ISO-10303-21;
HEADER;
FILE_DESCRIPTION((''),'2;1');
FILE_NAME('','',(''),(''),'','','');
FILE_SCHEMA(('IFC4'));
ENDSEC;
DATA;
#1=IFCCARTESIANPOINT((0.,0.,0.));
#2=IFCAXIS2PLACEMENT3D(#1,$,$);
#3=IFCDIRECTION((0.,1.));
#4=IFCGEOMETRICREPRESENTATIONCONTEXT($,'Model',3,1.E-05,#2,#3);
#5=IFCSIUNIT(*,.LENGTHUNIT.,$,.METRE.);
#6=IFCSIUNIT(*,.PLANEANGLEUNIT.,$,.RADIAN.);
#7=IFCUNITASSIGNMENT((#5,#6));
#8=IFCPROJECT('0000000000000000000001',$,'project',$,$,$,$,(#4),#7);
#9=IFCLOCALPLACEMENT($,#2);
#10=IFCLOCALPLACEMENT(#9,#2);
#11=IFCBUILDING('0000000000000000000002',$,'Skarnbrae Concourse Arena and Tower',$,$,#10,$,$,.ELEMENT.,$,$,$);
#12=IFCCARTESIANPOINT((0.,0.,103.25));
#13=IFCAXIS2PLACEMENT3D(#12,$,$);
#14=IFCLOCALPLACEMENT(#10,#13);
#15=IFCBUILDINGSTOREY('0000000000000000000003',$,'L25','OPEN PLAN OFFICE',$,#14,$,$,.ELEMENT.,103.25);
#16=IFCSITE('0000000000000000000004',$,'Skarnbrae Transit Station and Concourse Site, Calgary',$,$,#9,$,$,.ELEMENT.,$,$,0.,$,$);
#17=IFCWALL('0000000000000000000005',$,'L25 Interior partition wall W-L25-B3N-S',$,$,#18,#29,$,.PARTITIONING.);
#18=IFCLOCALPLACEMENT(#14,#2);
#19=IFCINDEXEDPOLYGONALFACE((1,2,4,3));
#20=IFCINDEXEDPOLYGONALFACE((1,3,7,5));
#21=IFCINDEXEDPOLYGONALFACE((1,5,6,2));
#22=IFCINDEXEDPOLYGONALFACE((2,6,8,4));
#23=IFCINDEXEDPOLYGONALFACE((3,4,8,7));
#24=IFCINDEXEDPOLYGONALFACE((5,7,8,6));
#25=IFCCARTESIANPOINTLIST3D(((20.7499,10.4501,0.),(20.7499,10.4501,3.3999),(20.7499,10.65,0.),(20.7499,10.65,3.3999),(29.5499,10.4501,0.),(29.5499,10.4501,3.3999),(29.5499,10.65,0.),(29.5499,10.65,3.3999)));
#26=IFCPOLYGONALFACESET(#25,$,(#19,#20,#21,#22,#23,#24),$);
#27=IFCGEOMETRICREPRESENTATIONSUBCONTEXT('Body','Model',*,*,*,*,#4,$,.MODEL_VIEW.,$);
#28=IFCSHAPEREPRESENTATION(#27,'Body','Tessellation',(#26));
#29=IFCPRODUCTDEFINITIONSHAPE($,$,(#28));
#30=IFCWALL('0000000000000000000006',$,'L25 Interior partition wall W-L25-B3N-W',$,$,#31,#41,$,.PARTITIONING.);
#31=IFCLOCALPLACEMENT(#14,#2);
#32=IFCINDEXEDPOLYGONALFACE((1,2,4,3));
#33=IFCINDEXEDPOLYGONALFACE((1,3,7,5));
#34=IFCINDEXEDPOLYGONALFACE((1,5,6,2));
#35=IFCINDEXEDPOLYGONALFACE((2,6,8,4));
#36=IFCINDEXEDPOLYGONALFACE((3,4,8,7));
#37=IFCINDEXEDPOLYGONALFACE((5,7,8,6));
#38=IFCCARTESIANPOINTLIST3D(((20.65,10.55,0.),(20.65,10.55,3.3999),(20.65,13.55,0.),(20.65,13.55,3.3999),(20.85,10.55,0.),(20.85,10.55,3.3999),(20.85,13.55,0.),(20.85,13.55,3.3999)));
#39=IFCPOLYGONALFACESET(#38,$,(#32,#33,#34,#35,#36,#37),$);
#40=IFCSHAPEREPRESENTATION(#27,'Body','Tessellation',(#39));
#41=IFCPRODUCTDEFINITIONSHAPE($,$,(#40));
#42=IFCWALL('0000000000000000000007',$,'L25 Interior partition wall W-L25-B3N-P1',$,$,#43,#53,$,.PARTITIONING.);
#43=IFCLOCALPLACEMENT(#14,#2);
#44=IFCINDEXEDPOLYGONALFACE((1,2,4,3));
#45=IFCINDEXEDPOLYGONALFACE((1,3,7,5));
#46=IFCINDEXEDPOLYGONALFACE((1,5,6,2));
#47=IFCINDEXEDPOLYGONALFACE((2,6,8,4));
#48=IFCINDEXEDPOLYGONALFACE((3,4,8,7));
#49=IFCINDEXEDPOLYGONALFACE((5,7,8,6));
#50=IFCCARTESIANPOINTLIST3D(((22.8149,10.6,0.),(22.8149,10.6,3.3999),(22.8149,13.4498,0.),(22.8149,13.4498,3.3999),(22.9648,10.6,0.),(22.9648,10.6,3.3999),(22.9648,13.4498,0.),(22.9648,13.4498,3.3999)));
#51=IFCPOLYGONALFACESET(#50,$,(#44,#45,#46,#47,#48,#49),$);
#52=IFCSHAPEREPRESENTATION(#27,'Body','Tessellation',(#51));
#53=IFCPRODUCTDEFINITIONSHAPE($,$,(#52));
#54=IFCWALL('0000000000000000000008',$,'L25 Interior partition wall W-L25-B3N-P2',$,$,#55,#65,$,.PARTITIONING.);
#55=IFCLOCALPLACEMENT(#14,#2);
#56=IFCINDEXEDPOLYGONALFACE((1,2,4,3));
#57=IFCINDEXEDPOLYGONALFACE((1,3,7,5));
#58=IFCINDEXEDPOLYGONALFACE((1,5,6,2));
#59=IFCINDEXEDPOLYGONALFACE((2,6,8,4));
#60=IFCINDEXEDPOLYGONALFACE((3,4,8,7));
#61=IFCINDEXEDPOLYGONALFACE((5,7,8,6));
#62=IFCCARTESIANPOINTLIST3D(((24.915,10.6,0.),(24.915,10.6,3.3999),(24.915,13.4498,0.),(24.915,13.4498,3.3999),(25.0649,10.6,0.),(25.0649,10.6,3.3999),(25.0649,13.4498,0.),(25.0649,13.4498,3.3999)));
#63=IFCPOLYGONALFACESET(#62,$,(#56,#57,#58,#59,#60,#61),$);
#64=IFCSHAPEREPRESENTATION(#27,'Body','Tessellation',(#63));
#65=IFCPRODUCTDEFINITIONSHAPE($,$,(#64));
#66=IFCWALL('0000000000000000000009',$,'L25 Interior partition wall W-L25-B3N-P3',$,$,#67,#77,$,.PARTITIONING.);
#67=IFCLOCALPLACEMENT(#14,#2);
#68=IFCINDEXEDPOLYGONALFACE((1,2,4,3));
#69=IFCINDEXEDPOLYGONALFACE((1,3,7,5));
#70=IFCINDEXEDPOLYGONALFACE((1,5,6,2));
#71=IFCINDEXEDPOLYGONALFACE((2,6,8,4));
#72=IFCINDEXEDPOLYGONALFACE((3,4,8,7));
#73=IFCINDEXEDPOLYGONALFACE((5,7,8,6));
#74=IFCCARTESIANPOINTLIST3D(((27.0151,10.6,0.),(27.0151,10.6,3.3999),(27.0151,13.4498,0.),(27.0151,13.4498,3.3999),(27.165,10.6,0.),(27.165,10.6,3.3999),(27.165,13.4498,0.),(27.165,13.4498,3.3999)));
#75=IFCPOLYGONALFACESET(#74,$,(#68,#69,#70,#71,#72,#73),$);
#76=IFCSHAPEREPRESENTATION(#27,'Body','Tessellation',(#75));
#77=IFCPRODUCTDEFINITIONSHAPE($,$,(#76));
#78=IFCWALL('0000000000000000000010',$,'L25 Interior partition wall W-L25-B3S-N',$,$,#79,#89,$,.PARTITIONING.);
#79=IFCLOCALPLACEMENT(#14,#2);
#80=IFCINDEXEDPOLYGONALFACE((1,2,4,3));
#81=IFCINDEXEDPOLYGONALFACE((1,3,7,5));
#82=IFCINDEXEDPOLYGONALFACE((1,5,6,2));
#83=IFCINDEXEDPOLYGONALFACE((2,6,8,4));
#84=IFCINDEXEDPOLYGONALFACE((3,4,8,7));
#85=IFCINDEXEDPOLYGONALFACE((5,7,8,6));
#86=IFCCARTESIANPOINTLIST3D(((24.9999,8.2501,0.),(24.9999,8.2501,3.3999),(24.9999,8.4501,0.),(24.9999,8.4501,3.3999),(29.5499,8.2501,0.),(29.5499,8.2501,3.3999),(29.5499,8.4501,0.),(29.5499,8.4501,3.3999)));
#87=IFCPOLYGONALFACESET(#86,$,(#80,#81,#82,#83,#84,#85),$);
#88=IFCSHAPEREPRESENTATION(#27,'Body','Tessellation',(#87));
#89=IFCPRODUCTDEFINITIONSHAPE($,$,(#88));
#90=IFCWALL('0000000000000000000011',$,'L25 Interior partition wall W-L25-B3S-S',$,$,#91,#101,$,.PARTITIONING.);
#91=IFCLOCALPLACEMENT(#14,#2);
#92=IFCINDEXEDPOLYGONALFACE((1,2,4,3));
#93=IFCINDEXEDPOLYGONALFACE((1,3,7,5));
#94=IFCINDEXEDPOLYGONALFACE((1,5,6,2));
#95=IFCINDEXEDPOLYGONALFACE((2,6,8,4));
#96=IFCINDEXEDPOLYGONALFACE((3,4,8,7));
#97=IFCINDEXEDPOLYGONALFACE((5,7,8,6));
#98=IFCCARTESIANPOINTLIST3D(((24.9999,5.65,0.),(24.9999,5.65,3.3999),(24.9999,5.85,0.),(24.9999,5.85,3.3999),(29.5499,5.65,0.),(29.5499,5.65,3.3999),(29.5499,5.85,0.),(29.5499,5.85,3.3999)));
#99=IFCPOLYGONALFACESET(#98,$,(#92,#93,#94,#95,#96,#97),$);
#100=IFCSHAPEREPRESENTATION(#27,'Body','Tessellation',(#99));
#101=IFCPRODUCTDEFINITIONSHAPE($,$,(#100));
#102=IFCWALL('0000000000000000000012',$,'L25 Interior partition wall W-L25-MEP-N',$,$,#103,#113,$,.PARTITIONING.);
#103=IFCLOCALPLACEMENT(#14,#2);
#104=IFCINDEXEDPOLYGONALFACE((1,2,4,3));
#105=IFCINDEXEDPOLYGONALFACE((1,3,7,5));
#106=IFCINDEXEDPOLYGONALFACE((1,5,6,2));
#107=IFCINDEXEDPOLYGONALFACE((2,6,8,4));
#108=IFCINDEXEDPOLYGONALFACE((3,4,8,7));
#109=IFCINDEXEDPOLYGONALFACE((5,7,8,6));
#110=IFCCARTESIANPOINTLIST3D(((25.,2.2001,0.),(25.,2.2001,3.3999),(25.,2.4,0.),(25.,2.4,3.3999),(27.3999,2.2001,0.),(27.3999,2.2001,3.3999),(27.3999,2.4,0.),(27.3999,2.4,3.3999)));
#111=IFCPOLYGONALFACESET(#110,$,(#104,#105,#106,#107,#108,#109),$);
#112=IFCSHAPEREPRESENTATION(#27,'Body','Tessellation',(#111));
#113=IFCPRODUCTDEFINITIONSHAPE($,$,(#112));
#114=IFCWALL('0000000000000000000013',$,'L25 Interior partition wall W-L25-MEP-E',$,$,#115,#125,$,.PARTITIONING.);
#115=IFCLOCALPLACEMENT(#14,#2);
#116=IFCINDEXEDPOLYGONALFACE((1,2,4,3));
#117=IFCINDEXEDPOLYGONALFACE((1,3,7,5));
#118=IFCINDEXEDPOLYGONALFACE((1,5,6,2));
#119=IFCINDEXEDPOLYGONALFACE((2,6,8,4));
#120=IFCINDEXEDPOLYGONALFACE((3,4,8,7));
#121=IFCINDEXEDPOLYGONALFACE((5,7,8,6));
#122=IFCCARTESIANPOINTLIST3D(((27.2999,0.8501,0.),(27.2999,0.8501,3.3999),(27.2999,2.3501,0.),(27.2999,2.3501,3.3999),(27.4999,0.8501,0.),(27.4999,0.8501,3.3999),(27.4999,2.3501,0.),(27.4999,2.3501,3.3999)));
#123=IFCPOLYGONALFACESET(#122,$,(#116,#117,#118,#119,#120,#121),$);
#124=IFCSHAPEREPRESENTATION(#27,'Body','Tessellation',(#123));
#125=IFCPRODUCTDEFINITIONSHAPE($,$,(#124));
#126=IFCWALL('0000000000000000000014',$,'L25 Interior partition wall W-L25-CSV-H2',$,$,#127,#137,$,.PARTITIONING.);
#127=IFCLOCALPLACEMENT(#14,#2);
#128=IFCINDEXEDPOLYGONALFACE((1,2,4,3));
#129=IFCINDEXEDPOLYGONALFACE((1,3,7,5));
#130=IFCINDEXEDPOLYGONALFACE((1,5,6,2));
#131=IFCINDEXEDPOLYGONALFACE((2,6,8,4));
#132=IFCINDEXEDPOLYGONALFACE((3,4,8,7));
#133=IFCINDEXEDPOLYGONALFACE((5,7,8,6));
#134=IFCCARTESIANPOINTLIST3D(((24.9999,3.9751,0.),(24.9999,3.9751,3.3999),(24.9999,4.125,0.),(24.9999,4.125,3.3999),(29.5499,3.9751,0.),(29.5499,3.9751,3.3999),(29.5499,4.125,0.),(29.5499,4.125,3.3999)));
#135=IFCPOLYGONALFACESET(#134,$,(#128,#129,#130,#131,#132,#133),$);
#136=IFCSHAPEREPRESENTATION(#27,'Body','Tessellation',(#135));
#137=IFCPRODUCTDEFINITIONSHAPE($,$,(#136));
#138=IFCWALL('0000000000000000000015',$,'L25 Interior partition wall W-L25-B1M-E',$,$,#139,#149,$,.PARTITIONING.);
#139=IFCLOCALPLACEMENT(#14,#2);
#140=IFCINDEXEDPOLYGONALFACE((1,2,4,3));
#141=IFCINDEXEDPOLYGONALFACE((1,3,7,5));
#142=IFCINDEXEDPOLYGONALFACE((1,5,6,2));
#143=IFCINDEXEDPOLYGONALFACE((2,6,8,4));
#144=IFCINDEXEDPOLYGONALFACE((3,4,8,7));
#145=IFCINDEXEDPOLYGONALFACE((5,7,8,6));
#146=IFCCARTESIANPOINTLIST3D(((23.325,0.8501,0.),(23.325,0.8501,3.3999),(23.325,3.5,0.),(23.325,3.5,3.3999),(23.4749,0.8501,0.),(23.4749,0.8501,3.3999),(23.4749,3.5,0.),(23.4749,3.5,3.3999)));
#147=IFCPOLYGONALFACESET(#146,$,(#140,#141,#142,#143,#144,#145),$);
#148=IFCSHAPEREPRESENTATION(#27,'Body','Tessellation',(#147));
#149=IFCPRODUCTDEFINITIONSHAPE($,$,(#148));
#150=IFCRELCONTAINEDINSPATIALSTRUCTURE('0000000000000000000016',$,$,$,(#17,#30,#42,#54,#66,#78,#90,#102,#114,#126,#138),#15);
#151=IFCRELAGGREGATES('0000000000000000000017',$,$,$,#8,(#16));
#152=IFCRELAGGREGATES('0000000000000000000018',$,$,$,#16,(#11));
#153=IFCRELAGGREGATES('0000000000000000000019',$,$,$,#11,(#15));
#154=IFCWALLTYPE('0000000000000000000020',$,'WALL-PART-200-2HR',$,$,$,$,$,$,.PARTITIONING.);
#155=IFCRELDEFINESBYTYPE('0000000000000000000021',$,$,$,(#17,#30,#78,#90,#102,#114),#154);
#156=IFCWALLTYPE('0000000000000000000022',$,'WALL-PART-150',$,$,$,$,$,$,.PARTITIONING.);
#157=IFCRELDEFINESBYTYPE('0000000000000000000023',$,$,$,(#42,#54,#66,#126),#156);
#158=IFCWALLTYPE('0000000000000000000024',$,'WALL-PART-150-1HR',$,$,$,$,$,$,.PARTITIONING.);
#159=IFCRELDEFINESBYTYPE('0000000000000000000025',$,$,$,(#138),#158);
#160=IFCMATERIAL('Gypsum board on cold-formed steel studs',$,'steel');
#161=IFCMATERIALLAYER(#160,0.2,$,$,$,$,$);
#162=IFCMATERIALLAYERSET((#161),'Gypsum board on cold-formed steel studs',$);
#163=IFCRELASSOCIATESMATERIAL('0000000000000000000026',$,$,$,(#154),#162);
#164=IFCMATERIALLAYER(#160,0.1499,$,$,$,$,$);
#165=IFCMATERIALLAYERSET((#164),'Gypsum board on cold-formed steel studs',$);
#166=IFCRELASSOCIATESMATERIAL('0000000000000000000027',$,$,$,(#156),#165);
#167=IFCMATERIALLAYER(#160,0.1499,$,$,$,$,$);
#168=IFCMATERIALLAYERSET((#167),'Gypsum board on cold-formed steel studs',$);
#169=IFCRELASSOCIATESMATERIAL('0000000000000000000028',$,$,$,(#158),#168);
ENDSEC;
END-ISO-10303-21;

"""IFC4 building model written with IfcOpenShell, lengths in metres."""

from ifc_helpers import new_model, si_unit, direction, frame, frame_2d, origin, place, context, subcontext, project, spatial, rectangle, extrude, source, transform, mapped, material, layer, layer_set, type_object, element, save


model = new_model("IFC4")

# Units and contexts
model_context = context("Model", 3, precision=1e-05, world=origin(), true_north=direction((0.0, 1.0)))
body_context = subcontext(model_context, "Body", "Model", "MODEL_VIEW")
ifc_project = project(units=[si_unit("LENGTHUNIT", "METRE"), si_unit("PLANEANGLEUNIT", "RADIAN")], contexts=[model_context])

# Site, building, storey
site_placement = place(None, origin())
site = spatial("IfcSite", under=ifc_project, at=site_placement, Name="Skarnbrae Transit Station and Concourse Site, Calgary", CompositionType="ELEMENT", RefElevation=0.0)
building_placement = place(site_placement, origin())
building = spatial("IfcBuilding", under=site, at=building_placement, Name="Skarnbrae Concourse Arena and Tower", CompositionType="ELEMENT")
storey_placement = place(building_placement, frame((0.0, 0.0, 103.25)))
storey = spatial("IfcBuildingStorey", under=building, at=storey_placement, Name="L25", Description="OPEN PLAN OFFICE", CompositionType="ELEMENT", Elevation=103.25)

# Walls
ifc_material_1 = material(Name="Gypsum board on cold-formed steel studs", Category="steel")
ifc_layer_1 = layer(ifc_material_1, 0.2)
ifc_layer_set_1 = layer_set([ifc_layer_1], Name="Gypsum board on cold-formed steel studs")
wall_type_1 = type_object("IfcWallType", Name="WALL-PART-200-2HR", PredefinedType="PARTITIONING", material=ifc_layer_set_1)
ifc_layer_2 = layer(ifc_material_1, 0.1499)
ifc_layer_set_2 = layer_set([ifc_layer_2], Name="Gypsum board on cold-formed steel studs")
wall_type_2 = type_object("IfcWallType", Name="WALL-PART-150", PredefinedType="PARTITIONING", material=ifc_layer_set_2)
shared_shape_1 = source(origin(), body_context, "Body", "SweptSolid", [
    extrude(rectangle(XDim=8.8, YDim=0.2, at=frame_2d((4.3999, 0.0))), origin(), (0.0, 0.0, 1.0), 3.3999),
])
wall_1_placement = place(storey_placement, frame((20.75, 10.55, 0.0), z_axis=(0.0, 0.0, 1.0), x_axis=(1.0, 0.0, 0.0)))
element("IfcWall", 1, at=wall_1_placement, inside=storey, type_object=wall_type_1, Name="L25 Interior partition wall W-L25-B3N-S", PredefinedType="PARTITIONING", context=body_context, shape_type="MappedRepresentation", body=[
    mapped(shared_shape_1, transform((0.0, 0.0, 0.0))),
])
shared_shape_2 = source(origin(), body_context, "Body", "SweptSolid", [
    extrude(rectangle(XDim=3.0, YDim=0.2, at=frame_2d((1.5, 0.0))), origin(), (0.0, 0.0, 1.0), 3.3999),
])
wall_2_placement = place(storey_placement, frame((20.75, 10.55, 0.0), z_axis=(0.0, 0.0, 1.0), x_axis=(0.0, 1.0, 0.0)))
element("IfcWall", 2, at=wall_2_placement, inside=storey, type_object=wall_type_1, Name="L25 Interior partition wall W-L25-B3N-W", PredefinedType="PARTITIONING", context=body_context, shape_type="MappedRepresentation", body=[
    mapped(shared_shape_2, transform((0.0, 0.0, 0.0))),
])
shared_shape_3 = source(origin(), body_context, "Body", "SweptSolid", [
    extrude(rectangle(XDim=2.8499, YDim=0.1499, at=frame_2d((1.4248, 0.0))), origin(), (0.0, 0.0, 1.0), 3.3999),
])
for number, where, z_axis, x_axis, name in (
    (3, (22.8899, 10.6001, 0.0), (0.0, 0.0, 1.0), (0.0, 1.0, 0.0), "L25 Interior partition wall W-L25-B3N-P1"),
    (4, (24.99, 10.6001, 0.0), (0.0, 0.0, 1.0), (0.0, 1.0, 0.0), "L25 Interior partition wall W-L25-B3N-P2"),
    (5, (27.0901, 10.6001, 0.0), (0.0, 0.0, 1.0), (0.0, 1.0, 0.0), "L25 Interior partition wall W-L25-B3N-P3"),
):
    element("IfcWall", number, at=place(storey_placement, frame(where, z_axis=z_axis, x_axis=x_axis)), inside=storey, type_object=wall_type_2, Name=name, PredefinedType="PARTITIONING", context=body_context, shape_type="MappedRepresentation", body=[
        mapped(shared_shape_3, transform((0.0, 0.0, 0.0))),
    ])
shared_shape_4 = source(origin(), body_context, "Body", "SweptSolid", [
    extrude(rectangle(XDim=4.55, YDim=0.2, at=frame_2d((2.2749, 0.0))), origin(), (0.0, 0.0, 1.0), 3.3999),
])
for number, where, z_axis, x_axis, name in (
    (6, (25.0, 8.3501, 0.0), (0.0, 0.0, 1.0), (1.0, 0.0, 0.0), "L25 Interior partition wall W-L25-B3S-N"),
    (7, (25.0, 5.75, 0.0), (0.0, 0.0, 1.0), (1.0, 0.0, 0.0), "L25 Interior partition wall W-L25-B3S-S"),
):
    element("IfcWall", number, at=place(storey_placement, frame(where, z_axis=z_axis, x_axis=x_axis)), inside=storey, type_object=wall_type_1, Name=name, PredefinedType="PARTITIONING", context=body_context, shape_type="MappedRepresentation", body=[
        mapped(shared_shape_4, transform((0.0, 0.0, 0.0))),
    ])

# Shared definitions
ifc_layer_3 = layer(ifc_material_1, 0.1499)
ifc_layer_set_3 = layer_set([ifc_layer_3], Name="Gypsum board on cold-formed steel studs")
wall_type_3 = type_object("IfcWallType", Name="WALL-PART-150-1HR", PredefinedType="PARTITIONING", material=ifc_layer_set_3)

# Walls
shared_shape_5 = source(origin(), body_context, "Body", "SweptSolid", [
    extrude(rectangle(XDim=2.3999, YDim=0.2, at=frame_2d((1.2, 0.0))), origin(), (0.0, 0.0, 1.0), 3.3999),
])
wall_3_placement = place(storey_placement, frame((25.0, 2.3, 0.0), z_axis=(0.0, 0.0, 1.0), x_axis=(1.0, 0.0, 0.0)))
element("IfcWall", 8, at=wall_3_placement, inside=storey, type_object=wall_type_1, Name="L25 Interior partition wall W-L25-MEP-N", PredefinedType="PARTITIONING", context=body_context, shape_type="MappedRepresentation", body=[
    mapped(shared_shape_5, transform((0.0, 0.0, 0.0))),
])
shared_shape_6 = source(origin(), body_context, "Body", "SweptSolid", [
    extrude(rectangle(XDim=1.5, YDim=0.2, at=frame_2d((0.75, 0.0))), origin(), (0.0, 0.0, 1.0), 3.3999),
])
wall_4_placement = place(storey_placement, frame((27.3999, 0.8501, 0.0), z_axis=(0.0, 0.0, 1.0), x_axis=(0.0, 1.0, 0.0)))
element("IfcWall", 9, at=wall_4_placement, inside=storey, type_object=wall_type_1, Name="L25 Interior partition wall W-L25-MEP-E", PredefinedType="PARTITIONING", context=body_context, shape_type="MappedRepresentation", body=[
    mapped(shared_shape_6, transform((0.0, 0.0, 0.0))),
])
shared_shape_7 = source(origin(), body_context, "Body", "SweptSolid", [
    extrude(rectangle(XDim=4.55, YDim=0.1499, at=frame_2d((2.2749, 0.0))), origin(), (0.0, 0.0, 1.0), 3.3999),
])
wall_5_placement = place(storey_placement, frame((25.0, 4.05, 0.0), z_axis=(0.0, 0.0, 1.0), x_axis=(1.0, 0.0, 0.0)))
element("IfcWall", 10, at=wall_5_placement, inside=storey, type_object=wall_type_2, Name="L25 Interior partition wall W-L25-CSV-H2", PredefinedType="PARTITIONING", context=body_context, shape_type="MappedRepresentation", body=[
    mapped(shared_shape_7, transform((0.0, 0.0, 0.0))),
])
shared_shape_8 = source(origin(), body_context, "Body", "SweptSolid", [
    extrude(rectangle(XDim=2.6499, YDim=0.1499, at=frame_2d((1.325, 0.0))), origin(), (0.0, 0.0, 1.0), 3.3999),
])
wall_6_placement = place(storey_placement, frame((23.3999, 0.8501, 0.0), z_axis=(0.0, 0.0, 1.0), x_axis=(0.0, 1.0, 0.0)))
element("IfcWall", 11, at=wall_6_placement, inside=storey, type_object=wall_type_3, Name="L25 Interior partition wall W-L25-B1M-E", PredefinedType="PARTITIONING", context=body_context, shape_type="MappedRepresentation", body=[
    mapped(shared_shape_8, transform((0.0, 0.0, 0.0))),
])

save(model, "model.ifc")
